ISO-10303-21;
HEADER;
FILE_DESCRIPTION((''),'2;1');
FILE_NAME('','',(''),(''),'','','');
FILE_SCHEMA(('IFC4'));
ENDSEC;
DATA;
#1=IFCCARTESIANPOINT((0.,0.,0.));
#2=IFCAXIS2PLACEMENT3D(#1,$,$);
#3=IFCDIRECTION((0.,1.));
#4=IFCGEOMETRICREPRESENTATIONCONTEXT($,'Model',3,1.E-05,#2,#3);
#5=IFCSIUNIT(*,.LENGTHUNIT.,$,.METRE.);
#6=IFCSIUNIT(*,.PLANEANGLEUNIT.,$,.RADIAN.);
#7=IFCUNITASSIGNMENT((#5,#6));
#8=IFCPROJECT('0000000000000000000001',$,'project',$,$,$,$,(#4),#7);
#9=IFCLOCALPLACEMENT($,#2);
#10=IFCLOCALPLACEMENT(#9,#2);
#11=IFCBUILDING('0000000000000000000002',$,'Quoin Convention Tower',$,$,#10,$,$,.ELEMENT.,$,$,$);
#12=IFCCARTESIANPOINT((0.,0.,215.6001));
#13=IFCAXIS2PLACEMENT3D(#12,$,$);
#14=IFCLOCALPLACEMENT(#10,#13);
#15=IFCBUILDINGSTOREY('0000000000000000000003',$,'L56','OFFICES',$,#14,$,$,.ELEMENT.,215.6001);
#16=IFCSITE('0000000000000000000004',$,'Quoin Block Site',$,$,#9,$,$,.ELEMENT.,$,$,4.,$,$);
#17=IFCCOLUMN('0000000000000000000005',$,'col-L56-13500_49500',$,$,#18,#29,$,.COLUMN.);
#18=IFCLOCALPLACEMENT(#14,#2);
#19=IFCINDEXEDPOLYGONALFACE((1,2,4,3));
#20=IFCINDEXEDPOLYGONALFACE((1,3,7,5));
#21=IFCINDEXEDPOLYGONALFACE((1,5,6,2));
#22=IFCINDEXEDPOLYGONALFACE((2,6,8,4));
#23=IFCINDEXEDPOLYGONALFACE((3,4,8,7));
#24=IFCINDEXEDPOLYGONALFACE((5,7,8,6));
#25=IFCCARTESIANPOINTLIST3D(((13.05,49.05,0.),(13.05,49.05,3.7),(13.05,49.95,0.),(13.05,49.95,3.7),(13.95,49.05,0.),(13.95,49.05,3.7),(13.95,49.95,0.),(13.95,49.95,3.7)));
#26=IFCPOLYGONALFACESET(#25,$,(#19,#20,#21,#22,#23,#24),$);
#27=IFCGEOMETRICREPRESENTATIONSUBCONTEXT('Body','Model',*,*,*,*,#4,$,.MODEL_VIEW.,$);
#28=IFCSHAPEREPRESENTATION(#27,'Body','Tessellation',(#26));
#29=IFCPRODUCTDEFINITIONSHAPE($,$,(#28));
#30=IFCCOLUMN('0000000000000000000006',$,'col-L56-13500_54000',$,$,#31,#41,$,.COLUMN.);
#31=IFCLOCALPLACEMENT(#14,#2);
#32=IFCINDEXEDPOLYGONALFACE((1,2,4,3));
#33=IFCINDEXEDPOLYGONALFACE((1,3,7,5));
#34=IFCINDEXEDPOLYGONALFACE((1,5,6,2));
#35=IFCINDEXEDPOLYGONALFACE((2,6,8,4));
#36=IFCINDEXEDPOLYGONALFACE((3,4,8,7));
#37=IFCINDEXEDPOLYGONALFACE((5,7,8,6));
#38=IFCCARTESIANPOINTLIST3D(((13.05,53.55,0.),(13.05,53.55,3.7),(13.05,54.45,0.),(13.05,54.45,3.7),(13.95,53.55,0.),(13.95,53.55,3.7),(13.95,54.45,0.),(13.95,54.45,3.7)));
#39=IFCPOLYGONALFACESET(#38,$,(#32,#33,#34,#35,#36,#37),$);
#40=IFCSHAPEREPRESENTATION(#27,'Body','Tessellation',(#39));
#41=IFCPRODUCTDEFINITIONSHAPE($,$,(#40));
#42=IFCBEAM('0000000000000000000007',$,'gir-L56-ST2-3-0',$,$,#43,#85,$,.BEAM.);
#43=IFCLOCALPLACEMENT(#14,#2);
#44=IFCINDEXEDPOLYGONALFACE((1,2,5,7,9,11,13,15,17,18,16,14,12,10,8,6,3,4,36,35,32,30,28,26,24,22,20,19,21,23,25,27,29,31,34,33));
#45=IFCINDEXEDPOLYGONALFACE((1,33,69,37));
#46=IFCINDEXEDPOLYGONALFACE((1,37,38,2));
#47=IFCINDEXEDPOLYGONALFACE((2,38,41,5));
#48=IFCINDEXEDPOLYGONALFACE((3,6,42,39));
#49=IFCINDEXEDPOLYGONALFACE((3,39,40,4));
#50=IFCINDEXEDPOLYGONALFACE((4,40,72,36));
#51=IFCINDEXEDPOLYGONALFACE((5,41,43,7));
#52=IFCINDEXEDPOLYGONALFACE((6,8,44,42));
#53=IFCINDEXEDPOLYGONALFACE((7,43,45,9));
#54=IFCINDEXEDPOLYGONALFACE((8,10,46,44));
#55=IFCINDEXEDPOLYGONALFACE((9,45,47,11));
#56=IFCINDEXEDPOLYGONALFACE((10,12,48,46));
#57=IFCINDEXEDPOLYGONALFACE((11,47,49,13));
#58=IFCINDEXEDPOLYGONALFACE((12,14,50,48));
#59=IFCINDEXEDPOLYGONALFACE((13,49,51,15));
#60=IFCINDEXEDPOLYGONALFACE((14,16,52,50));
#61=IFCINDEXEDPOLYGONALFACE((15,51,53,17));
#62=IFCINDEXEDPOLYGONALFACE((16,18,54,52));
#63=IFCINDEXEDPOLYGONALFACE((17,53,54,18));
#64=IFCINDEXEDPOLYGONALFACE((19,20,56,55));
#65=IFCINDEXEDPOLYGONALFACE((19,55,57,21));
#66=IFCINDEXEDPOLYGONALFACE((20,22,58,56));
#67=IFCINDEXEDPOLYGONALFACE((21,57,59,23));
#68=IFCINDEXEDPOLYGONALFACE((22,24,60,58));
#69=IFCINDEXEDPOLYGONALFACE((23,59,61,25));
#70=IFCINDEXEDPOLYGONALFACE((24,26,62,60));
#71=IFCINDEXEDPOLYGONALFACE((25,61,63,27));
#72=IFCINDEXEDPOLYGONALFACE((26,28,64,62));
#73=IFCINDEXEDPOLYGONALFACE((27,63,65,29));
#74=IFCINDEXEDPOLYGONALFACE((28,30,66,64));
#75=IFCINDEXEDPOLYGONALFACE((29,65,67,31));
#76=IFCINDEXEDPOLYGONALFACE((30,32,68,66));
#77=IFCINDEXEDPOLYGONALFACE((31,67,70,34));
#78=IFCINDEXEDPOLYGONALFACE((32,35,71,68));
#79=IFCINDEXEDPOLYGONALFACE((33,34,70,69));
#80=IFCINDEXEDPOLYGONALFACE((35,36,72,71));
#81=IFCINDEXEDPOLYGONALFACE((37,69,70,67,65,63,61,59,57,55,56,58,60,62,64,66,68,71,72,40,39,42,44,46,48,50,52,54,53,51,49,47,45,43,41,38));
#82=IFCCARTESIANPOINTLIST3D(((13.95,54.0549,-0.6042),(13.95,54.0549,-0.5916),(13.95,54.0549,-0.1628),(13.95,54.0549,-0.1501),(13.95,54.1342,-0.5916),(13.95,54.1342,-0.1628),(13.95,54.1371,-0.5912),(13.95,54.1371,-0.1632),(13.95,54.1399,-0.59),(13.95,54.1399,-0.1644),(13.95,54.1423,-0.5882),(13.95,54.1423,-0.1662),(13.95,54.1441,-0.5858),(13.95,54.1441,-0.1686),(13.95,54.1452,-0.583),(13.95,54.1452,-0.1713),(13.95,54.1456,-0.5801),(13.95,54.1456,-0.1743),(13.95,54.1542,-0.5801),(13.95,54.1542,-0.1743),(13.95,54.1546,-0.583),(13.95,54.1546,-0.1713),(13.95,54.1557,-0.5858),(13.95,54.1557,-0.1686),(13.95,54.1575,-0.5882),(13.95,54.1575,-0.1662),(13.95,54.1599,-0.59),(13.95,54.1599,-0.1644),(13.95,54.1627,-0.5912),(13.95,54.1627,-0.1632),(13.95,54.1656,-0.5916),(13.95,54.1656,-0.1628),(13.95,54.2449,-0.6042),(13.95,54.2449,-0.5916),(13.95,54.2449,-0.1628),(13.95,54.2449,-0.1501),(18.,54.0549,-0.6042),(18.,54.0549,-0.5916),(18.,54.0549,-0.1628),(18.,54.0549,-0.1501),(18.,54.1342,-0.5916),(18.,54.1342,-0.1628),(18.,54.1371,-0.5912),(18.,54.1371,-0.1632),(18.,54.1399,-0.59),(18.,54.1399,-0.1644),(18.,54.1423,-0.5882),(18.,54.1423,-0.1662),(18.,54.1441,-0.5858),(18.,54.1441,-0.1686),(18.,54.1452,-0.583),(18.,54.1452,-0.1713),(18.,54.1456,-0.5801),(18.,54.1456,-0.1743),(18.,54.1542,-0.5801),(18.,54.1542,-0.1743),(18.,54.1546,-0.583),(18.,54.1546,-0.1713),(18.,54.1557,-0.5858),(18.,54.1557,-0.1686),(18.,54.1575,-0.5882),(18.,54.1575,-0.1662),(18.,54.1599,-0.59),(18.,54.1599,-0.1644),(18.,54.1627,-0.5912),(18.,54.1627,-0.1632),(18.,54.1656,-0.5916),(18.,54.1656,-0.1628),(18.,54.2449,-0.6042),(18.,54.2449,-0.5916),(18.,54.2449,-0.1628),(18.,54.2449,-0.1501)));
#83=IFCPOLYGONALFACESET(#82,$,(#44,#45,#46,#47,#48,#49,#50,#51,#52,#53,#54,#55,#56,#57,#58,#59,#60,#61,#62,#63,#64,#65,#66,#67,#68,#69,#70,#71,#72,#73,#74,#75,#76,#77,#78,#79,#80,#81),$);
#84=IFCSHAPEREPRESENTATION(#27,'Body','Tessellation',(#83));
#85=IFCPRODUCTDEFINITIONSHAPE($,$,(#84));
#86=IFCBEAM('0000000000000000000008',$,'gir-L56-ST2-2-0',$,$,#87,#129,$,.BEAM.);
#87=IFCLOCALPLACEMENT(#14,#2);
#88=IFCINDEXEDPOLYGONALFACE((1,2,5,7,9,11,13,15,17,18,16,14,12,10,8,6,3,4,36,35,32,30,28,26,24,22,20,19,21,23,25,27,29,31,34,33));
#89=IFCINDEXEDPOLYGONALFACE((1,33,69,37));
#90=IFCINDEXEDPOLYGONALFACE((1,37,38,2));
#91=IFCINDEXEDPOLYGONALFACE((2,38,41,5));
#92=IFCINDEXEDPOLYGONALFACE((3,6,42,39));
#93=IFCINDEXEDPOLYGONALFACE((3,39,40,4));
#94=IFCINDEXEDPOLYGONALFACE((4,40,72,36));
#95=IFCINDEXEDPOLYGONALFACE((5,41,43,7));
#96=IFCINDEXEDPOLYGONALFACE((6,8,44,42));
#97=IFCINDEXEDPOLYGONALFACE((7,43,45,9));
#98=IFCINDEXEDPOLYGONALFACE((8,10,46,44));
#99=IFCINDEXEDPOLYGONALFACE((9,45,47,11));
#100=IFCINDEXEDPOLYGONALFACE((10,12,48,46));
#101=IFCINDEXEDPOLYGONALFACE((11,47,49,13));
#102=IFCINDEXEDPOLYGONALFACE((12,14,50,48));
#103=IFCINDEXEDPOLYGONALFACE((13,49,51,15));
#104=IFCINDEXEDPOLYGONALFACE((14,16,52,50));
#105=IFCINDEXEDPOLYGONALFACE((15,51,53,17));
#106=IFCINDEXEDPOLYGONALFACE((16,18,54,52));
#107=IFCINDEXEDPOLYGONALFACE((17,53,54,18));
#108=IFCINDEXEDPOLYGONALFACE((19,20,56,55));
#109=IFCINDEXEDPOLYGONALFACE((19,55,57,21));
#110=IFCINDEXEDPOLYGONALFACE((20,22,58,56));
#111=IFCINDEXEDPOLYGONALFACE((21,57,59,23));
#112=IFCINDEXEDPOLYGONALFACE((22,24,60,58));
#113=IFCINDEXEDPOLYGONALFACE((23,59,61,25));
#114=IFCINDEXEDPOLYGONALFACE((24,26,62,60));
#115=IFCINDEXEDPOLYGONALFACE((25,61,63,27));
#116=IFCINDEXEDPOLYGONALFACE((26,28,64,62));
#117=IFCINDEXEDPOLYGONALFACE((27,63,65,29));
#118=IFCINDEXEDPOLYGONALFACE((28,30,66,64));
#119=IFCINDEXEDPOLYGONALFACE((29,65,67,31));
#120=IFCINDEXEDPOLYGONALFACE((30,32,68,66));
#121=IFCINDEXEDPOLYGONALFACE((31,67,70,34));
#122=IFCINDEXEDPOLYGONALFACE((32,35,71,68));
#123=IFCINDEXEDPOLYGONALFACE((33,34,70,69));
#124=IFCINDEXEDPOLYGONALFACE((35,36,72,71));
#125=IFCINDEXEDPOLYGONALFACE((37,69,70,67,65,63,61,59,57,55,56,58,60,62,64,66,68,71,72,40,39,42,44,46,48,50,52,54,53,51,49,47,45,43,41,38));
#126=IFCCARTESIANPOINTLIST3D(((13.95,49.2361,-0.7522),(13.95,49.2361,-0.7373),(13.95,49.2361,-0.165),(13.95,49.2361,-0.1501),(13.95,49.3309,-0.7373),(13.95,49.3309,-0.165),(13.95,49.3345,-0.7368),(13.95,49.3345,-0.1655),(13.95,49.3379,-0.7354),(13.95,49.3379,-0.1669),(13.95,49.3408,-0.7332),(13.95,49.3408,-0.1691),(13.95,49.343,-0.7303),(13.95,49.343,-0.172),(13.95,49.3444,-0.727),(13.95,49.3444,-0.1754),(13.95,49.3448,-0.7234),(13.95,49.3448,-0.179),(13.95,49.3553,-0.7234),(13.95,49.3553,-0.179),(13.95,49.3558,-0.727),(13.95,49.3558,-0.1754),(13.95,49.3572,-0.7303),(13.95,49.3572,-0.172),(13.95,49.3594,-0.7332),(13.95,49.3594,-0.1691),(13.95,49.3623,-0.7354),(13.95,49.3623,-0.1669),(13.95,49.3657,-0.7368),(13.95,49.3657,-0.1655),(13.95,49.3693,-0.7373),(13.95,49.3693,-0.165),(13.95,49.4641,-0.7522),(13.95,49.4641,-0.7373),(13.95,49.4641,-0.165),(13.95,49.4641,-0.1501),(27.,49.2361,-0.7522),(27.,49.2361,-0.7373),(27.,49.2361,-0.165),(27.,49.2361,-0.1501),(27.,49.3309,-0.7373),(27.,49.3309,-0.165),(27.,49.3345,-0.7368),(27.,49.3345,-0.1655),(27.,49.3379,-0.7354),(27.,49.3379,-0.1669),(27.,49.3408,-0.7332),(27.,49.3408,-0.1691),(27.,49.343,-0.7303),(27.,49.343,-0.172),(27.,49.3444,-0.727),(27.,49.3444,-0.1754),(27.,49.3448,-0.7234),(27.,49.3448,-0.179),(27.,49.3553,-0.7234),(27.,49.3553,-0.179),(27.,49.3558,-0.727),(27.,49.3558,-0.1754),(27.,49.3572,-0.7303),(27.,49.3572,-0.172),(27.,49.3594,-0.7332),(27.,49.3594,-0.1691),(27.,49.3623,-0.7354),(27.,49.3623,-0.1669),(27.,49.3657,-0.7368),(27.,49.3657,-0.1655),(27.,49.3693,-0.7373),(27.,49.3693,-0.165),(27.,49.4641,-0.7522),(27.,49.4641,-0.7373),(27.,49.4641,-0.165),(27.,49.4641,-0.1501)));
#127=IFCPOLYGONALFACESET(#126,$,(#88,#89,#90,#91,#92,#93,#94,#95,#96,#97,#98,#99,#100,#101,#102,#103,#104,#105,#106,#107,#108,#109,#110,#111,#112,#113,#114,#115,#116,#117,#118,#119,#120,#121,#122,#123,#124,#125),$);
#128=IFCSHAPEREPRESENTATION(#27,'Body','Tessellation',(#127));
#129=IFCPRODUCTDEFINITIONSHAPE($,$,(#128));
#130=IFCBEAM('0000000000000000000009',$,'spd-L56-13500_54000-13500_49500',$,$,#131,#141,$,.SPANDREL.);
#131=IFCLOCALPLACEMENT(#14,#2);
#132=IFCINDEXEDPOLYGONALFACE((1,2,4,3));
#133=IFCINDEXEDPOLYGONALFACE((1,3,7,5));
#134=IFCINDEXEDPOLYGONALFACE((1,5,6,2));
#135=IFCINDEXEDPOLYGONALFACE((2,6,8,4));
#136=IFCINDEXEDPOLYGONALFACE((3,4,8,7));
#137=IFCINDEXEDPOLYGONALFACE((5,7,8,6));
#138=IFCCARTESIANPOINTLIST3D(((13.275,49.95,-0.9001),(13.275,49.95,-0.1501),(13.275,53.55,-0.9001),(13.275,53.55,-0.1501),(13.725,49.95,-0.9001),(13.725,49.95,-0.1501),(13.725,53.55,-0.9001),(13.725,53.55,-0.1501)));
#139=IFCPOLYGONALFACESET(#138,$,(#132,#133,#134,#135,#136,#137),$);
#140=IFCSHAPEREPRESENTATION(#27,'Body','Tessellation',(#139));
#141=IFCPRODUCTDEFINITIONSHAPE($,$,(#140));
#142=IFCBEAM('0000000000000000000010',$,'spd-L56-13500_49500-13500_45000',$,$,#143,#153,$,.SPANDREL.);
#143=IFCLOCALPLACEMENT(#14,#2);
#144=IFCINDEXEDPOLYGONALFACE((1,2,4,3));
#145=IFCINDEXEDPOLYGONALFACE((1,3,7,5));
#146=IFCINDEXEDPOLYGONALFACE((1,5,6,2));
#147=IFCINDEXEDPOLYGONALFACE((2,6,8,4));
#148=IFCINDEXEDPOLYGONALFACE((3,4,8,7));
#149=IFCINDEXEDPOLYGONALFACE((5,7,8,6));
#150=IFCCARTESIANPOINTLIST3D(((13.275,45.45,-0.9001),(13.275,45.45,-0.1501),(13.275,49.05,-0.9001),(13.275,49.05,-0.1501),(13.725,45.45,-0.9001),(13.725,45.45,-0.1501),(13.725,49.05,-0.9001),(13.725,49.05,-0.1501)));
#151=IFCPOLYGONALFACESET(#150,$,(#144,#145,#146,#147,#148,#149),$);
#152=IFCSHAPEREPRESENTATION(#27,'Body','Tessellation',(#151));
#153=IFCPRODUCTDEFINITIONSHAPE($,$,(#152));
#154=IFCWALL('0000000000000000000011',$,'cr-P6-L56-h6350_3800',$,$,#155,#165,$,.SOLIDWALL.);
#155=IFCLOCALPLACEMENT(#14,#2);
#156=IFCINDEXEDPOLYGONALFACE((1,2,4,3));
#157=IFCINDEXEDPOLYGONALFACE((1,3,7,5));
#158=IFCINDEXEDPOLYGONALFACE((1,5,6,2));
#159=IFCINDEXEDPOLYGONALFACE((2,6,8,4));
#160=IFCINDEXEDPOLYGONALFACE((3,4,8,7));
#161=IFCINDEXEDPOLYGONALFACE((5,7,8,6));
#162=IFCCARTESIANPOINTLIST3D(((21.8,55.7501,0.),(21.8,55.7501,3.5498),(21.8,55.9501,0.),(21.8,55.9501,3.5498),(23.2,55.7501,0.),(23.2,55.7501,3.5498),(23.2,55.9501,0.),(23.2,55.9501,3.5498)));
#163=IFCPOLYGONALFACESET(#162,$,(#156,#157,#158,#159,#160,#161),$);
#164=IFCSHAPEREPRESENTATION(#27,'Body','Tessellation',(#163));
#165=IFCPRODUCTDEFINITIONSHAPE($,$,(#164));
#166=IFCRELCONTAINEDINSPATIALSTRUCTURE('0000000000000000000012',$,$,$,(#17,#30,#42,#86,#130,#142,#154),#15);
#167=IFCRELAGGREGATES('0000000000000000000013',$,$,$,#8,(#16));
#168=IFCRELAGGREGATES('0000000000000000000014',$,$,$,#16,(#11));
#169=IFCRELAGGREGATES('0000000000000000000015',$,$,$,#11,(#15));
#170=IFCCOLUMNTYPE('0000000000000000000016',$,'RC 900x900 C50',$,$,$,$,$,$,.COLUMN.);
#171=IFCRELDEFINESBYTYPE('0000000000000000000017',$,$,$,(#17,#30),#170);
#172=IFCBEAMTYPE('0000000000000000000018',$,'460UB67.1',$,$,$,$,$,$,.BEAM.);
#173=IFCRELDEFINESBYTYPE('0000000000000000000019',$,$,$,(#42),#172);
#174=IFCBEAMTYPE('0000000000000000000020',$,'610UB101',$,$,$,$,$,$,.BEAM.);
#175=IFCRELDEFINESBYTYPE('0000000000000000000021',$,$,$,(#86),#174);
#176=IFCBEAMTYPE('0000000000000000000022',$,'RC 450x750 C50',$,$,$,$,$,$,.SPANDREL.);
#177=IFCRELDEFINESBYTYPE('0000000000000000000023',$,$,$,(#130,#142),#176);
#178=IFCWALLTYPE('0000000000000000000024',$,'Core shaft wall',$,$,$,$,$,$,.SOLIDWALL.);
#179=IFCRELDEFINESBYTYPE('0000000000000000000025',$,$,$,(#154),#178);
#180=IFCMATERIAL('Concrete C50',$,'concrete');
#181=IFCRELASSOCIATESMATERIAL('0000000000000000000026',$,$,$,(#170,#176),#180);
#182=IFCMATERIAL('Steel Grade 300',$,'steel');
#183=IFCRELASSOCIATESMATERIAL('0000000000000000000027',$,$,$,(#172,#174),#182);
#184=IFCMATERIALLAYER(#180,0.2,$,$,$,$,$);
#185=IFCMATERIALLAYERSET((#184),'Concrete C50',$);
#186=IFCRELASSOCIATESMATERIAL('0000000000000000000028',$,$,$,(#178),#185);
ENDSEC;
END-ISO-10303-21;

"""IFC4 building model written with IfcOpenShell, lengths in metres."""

from ifc_helpers import new_model, si_unit, direction, frame, frame_2d, origin, origin_2d, place, context, subcontext, project, spatial, rectangle, i_section, extrude, material, layer, layer_set, material_profile, profile_set, type_object, element, save


model = new_model("IFC4")

# Units and contexts
model_context = context("Model", 3, precision=1e-05, world=origin(), true_north=direction((0.0, 1.0)))
body_context = subcontext(model_context, "Body", "Model", "MODEL_VIEW")
ifc_project = project(units=[si_unit("LENGTHUNIT", "METRE"), si_unit("PLANEANGLEUNIT", "RADIAN")], contexts=[model_context])

# Site, building, storey
site_placement = place(None, origin())
site = spatial("IfcSite", under=ifc_project, at=site_placement, Name="Quoin Block Site", CompositionType="ELEMENT", RefElevation=4.0)
building_placement = place(site_placement, origin())
building = spatial("IfcBuilding", under=site, at=building_placement, Name="Quoin Convention Tower", CompositionType="ELEMENT")
storey_placement = place(building_placement, frame((0.0, 0.0, 215.6001)))
storey = spatial("IfcBuildingStorey", under=building, at=storey_placement, Name="L56", Description="OFFICES", CompositionType="ELEMENT", Elevation=215.6001)

# Columns
ifc_material_1 = material(Name="Concrete C50", Category="concrete")
ifc_material_profile_1 = material_profile(ifc_material_1, rectangle(XDim=0.8999, YDim=0.8999, at=origin_2d()), Name="RC 900x900")
ifc_profile_set_1 = profile_set([ifc_material_profile_1], Name="Concrete C50")
column_type = type_object("IfcColumnType", Name="RC 900x900 C50", PredefinedType="COLUMN", material=ifc_profile_set_1)
for number, where, z_axis, x_axis, name in (
    (1, (13.5, 49.5, 0.0), (0.0, 0.0, 1.0), (1.0, 0.0, 0.0), "col-L56-13500_49500"),
    (2, (13.5, 54.0, 0.0), (0.0, 0.0, 1.0), (1.0, 0.0, 0.0), "col-L56-13500_54000"),
):
    element("IfcColumn", number, at=place(storey_placement, frame(where, z_axis=z_axis, x_axis=x_axis)), inside=storey, type_object=column_type, Name=name, PredefinedType="COLUMN", context=body_context, shape_type="SweptSolid", body=[
        extrude(rectangle(XDim=0.8999, YDim=0.8999, at=origin_2d()), origin(), (0.0, 0.0, 1.0), 3.7),
    ])

# Beams
ifc_material_2 = material(Name="Steel Grade 300", Category="steel")
ifc_material_profile_2 = material_profile(ifc_material_2, i_section(OverallWidth=0.1899, OverallDepth=0.4541, WebThickness=0.0085, FlangeThickness=0.0127, FilletRadius=0.0115, at=origin_2d()), Name="460UB67.1")
ifc_profile_set_2 = profile_set([ifc_material_profile_2], Name="Steel Grade 300")
beam_type_1 = type_object("IfcBeamType", Name="460UB67.1", PredefinedType="BEAM", material=ifc_profile_set_2)
beam_1_placement = place(storey_placement, frame((13.95, 54.1499, -0.3772), z_axis=(1.0, 0.0, 0.0), x_axis=(0.0, 1.0, 0.0)))
element("IfcBeam", 3, at=beam_1_placement, inside=storey, type_object=beam_type_1, Name="gir-L56-ST2-3-0", PredefinedType="BEAM", context=body_context, shape_type="SweptSolid", body=[
    extrude(i_section(OverallWidth=0.1899, OverallDepth=0.4541, WebThickness=0.0085, FlangeThickness=0.0127, FilletRadius=0.0115, at=origin_2d()), origin(), (0.0, 0.0, 1.0), 4.05),
])
ifc_material_profile_3 = material_profile(ifc_material_2, i_section(OverallWidth=0.228, OverallDepth=0.6021, WebThickness=0.0105, FlangeThickness=0.0149, FilletRadius=0.0139, at=origin_2d()), Name="610UB101")
ifc_profile_set_3 = profile_set([ifc_material_profile_3], Name="Steel Grade 300")
beam_type_2 = type_object("IfcBeamType", Name="610UB101", PredefinedType="BEAM", material=ifc_profile_set_3)
beam_2_placement = place(storey_placement, frame((13.95, 49.3501, -0.4512), z_axis=(1.0, 0.0, 0.0), x_axis=(0.0, 1.0, 0.0)))
element("IfcBeam", 4, at=beam_2_placement, inside=storey, type_object=beam_type_2, Name="gir-L56-ST2-2-0", PredefinedType="BEAM", context=body_context, shape_type="SweptSolid", body=[
    extrude(i_section(OverallWidth=0.228, OverallDepth=0.6021, WebThickness=0.0105, FlangeThickness=0.0149, FilletRadius=0.0139, at=origin_2d()), origin(), (0.0, 0.0, 1.0), 13.05),
])
ifc_material_profile_4 = material_profile(ifc_material_1, rectangle(XDim=0.45, YDim=0.75, at=origin_2d()), Name="RC 450x750")
ifc_profile_set_4 = profile_set([ifc_material_profile_4], Name="Concrete C50")
beam_type_3 = type_object("IfcBeamType", Name="RC 450x750 C50", PredefinedType="SPANDREL", material=ifc_profile_set_4)
for number, where, z_axis, x_axis, name in (
    (5, (13.5, 53.55, -0.5251), (0.0, -1.0, 0.0), (1.0, 0.0, 0.0), "spd-L56-13500_54000-13500_49500"),
    (6, (13.5, 49.05, -0.5251), (0.0, -1.0, 0.0), (1.0, 0.0, 0.0), "spd-L56-13500_49500-13500_45000"),
):
    element("IfcBeam", number, at=place(storey_placement, frame(where, z_axis=z_axis, x_axis=x_axis)), inside=storey, type_object=beam_type_3, Name=name, PredefinedType="SPANDREL", context=body_context, shape_type="SweptSolid", body=[
        extrude(rectangle(XDim=0.45, YDim=0.75, at=origin_2d()), origin(), (0.0, 0.0, 1.0), 3.6001),
    ])

# Wall
ifc_layer_1 = layer(ifc_material_1, 0.2)
ifc_layer_set_1 = layer_set([ifc_layer_1], Name="Concrete C50")
wall_type_1 = type_object("IfcWallType", Name="Core shaft wall", PredefinedType="SOLIDWALL", material=ifc_layer_set_1)
wall_1_placement = place(storey_placement, frame((21.8, 55.8501, 0.0), z_axis=(0.0, 0.0, 1.0), x_axis=(1.0, 0.0, 0.0)))
element("IfcWall", 7, at=wall_1_placement, inside=storey, type_object=wall_type_1, Name="cr-P6-L56-h6350_3800", PredefinedType="SOLIDWALL", context=body_context, shape_type="SweptSolid", body=[
    extrude(rectangle(XDim=1.3999, YDim=0.2, at=frame_2d((0.7, 0.0))), origin(), (0.0, 0.0, 1.0), 3.5498),
])

save(model, "model.ifc")
